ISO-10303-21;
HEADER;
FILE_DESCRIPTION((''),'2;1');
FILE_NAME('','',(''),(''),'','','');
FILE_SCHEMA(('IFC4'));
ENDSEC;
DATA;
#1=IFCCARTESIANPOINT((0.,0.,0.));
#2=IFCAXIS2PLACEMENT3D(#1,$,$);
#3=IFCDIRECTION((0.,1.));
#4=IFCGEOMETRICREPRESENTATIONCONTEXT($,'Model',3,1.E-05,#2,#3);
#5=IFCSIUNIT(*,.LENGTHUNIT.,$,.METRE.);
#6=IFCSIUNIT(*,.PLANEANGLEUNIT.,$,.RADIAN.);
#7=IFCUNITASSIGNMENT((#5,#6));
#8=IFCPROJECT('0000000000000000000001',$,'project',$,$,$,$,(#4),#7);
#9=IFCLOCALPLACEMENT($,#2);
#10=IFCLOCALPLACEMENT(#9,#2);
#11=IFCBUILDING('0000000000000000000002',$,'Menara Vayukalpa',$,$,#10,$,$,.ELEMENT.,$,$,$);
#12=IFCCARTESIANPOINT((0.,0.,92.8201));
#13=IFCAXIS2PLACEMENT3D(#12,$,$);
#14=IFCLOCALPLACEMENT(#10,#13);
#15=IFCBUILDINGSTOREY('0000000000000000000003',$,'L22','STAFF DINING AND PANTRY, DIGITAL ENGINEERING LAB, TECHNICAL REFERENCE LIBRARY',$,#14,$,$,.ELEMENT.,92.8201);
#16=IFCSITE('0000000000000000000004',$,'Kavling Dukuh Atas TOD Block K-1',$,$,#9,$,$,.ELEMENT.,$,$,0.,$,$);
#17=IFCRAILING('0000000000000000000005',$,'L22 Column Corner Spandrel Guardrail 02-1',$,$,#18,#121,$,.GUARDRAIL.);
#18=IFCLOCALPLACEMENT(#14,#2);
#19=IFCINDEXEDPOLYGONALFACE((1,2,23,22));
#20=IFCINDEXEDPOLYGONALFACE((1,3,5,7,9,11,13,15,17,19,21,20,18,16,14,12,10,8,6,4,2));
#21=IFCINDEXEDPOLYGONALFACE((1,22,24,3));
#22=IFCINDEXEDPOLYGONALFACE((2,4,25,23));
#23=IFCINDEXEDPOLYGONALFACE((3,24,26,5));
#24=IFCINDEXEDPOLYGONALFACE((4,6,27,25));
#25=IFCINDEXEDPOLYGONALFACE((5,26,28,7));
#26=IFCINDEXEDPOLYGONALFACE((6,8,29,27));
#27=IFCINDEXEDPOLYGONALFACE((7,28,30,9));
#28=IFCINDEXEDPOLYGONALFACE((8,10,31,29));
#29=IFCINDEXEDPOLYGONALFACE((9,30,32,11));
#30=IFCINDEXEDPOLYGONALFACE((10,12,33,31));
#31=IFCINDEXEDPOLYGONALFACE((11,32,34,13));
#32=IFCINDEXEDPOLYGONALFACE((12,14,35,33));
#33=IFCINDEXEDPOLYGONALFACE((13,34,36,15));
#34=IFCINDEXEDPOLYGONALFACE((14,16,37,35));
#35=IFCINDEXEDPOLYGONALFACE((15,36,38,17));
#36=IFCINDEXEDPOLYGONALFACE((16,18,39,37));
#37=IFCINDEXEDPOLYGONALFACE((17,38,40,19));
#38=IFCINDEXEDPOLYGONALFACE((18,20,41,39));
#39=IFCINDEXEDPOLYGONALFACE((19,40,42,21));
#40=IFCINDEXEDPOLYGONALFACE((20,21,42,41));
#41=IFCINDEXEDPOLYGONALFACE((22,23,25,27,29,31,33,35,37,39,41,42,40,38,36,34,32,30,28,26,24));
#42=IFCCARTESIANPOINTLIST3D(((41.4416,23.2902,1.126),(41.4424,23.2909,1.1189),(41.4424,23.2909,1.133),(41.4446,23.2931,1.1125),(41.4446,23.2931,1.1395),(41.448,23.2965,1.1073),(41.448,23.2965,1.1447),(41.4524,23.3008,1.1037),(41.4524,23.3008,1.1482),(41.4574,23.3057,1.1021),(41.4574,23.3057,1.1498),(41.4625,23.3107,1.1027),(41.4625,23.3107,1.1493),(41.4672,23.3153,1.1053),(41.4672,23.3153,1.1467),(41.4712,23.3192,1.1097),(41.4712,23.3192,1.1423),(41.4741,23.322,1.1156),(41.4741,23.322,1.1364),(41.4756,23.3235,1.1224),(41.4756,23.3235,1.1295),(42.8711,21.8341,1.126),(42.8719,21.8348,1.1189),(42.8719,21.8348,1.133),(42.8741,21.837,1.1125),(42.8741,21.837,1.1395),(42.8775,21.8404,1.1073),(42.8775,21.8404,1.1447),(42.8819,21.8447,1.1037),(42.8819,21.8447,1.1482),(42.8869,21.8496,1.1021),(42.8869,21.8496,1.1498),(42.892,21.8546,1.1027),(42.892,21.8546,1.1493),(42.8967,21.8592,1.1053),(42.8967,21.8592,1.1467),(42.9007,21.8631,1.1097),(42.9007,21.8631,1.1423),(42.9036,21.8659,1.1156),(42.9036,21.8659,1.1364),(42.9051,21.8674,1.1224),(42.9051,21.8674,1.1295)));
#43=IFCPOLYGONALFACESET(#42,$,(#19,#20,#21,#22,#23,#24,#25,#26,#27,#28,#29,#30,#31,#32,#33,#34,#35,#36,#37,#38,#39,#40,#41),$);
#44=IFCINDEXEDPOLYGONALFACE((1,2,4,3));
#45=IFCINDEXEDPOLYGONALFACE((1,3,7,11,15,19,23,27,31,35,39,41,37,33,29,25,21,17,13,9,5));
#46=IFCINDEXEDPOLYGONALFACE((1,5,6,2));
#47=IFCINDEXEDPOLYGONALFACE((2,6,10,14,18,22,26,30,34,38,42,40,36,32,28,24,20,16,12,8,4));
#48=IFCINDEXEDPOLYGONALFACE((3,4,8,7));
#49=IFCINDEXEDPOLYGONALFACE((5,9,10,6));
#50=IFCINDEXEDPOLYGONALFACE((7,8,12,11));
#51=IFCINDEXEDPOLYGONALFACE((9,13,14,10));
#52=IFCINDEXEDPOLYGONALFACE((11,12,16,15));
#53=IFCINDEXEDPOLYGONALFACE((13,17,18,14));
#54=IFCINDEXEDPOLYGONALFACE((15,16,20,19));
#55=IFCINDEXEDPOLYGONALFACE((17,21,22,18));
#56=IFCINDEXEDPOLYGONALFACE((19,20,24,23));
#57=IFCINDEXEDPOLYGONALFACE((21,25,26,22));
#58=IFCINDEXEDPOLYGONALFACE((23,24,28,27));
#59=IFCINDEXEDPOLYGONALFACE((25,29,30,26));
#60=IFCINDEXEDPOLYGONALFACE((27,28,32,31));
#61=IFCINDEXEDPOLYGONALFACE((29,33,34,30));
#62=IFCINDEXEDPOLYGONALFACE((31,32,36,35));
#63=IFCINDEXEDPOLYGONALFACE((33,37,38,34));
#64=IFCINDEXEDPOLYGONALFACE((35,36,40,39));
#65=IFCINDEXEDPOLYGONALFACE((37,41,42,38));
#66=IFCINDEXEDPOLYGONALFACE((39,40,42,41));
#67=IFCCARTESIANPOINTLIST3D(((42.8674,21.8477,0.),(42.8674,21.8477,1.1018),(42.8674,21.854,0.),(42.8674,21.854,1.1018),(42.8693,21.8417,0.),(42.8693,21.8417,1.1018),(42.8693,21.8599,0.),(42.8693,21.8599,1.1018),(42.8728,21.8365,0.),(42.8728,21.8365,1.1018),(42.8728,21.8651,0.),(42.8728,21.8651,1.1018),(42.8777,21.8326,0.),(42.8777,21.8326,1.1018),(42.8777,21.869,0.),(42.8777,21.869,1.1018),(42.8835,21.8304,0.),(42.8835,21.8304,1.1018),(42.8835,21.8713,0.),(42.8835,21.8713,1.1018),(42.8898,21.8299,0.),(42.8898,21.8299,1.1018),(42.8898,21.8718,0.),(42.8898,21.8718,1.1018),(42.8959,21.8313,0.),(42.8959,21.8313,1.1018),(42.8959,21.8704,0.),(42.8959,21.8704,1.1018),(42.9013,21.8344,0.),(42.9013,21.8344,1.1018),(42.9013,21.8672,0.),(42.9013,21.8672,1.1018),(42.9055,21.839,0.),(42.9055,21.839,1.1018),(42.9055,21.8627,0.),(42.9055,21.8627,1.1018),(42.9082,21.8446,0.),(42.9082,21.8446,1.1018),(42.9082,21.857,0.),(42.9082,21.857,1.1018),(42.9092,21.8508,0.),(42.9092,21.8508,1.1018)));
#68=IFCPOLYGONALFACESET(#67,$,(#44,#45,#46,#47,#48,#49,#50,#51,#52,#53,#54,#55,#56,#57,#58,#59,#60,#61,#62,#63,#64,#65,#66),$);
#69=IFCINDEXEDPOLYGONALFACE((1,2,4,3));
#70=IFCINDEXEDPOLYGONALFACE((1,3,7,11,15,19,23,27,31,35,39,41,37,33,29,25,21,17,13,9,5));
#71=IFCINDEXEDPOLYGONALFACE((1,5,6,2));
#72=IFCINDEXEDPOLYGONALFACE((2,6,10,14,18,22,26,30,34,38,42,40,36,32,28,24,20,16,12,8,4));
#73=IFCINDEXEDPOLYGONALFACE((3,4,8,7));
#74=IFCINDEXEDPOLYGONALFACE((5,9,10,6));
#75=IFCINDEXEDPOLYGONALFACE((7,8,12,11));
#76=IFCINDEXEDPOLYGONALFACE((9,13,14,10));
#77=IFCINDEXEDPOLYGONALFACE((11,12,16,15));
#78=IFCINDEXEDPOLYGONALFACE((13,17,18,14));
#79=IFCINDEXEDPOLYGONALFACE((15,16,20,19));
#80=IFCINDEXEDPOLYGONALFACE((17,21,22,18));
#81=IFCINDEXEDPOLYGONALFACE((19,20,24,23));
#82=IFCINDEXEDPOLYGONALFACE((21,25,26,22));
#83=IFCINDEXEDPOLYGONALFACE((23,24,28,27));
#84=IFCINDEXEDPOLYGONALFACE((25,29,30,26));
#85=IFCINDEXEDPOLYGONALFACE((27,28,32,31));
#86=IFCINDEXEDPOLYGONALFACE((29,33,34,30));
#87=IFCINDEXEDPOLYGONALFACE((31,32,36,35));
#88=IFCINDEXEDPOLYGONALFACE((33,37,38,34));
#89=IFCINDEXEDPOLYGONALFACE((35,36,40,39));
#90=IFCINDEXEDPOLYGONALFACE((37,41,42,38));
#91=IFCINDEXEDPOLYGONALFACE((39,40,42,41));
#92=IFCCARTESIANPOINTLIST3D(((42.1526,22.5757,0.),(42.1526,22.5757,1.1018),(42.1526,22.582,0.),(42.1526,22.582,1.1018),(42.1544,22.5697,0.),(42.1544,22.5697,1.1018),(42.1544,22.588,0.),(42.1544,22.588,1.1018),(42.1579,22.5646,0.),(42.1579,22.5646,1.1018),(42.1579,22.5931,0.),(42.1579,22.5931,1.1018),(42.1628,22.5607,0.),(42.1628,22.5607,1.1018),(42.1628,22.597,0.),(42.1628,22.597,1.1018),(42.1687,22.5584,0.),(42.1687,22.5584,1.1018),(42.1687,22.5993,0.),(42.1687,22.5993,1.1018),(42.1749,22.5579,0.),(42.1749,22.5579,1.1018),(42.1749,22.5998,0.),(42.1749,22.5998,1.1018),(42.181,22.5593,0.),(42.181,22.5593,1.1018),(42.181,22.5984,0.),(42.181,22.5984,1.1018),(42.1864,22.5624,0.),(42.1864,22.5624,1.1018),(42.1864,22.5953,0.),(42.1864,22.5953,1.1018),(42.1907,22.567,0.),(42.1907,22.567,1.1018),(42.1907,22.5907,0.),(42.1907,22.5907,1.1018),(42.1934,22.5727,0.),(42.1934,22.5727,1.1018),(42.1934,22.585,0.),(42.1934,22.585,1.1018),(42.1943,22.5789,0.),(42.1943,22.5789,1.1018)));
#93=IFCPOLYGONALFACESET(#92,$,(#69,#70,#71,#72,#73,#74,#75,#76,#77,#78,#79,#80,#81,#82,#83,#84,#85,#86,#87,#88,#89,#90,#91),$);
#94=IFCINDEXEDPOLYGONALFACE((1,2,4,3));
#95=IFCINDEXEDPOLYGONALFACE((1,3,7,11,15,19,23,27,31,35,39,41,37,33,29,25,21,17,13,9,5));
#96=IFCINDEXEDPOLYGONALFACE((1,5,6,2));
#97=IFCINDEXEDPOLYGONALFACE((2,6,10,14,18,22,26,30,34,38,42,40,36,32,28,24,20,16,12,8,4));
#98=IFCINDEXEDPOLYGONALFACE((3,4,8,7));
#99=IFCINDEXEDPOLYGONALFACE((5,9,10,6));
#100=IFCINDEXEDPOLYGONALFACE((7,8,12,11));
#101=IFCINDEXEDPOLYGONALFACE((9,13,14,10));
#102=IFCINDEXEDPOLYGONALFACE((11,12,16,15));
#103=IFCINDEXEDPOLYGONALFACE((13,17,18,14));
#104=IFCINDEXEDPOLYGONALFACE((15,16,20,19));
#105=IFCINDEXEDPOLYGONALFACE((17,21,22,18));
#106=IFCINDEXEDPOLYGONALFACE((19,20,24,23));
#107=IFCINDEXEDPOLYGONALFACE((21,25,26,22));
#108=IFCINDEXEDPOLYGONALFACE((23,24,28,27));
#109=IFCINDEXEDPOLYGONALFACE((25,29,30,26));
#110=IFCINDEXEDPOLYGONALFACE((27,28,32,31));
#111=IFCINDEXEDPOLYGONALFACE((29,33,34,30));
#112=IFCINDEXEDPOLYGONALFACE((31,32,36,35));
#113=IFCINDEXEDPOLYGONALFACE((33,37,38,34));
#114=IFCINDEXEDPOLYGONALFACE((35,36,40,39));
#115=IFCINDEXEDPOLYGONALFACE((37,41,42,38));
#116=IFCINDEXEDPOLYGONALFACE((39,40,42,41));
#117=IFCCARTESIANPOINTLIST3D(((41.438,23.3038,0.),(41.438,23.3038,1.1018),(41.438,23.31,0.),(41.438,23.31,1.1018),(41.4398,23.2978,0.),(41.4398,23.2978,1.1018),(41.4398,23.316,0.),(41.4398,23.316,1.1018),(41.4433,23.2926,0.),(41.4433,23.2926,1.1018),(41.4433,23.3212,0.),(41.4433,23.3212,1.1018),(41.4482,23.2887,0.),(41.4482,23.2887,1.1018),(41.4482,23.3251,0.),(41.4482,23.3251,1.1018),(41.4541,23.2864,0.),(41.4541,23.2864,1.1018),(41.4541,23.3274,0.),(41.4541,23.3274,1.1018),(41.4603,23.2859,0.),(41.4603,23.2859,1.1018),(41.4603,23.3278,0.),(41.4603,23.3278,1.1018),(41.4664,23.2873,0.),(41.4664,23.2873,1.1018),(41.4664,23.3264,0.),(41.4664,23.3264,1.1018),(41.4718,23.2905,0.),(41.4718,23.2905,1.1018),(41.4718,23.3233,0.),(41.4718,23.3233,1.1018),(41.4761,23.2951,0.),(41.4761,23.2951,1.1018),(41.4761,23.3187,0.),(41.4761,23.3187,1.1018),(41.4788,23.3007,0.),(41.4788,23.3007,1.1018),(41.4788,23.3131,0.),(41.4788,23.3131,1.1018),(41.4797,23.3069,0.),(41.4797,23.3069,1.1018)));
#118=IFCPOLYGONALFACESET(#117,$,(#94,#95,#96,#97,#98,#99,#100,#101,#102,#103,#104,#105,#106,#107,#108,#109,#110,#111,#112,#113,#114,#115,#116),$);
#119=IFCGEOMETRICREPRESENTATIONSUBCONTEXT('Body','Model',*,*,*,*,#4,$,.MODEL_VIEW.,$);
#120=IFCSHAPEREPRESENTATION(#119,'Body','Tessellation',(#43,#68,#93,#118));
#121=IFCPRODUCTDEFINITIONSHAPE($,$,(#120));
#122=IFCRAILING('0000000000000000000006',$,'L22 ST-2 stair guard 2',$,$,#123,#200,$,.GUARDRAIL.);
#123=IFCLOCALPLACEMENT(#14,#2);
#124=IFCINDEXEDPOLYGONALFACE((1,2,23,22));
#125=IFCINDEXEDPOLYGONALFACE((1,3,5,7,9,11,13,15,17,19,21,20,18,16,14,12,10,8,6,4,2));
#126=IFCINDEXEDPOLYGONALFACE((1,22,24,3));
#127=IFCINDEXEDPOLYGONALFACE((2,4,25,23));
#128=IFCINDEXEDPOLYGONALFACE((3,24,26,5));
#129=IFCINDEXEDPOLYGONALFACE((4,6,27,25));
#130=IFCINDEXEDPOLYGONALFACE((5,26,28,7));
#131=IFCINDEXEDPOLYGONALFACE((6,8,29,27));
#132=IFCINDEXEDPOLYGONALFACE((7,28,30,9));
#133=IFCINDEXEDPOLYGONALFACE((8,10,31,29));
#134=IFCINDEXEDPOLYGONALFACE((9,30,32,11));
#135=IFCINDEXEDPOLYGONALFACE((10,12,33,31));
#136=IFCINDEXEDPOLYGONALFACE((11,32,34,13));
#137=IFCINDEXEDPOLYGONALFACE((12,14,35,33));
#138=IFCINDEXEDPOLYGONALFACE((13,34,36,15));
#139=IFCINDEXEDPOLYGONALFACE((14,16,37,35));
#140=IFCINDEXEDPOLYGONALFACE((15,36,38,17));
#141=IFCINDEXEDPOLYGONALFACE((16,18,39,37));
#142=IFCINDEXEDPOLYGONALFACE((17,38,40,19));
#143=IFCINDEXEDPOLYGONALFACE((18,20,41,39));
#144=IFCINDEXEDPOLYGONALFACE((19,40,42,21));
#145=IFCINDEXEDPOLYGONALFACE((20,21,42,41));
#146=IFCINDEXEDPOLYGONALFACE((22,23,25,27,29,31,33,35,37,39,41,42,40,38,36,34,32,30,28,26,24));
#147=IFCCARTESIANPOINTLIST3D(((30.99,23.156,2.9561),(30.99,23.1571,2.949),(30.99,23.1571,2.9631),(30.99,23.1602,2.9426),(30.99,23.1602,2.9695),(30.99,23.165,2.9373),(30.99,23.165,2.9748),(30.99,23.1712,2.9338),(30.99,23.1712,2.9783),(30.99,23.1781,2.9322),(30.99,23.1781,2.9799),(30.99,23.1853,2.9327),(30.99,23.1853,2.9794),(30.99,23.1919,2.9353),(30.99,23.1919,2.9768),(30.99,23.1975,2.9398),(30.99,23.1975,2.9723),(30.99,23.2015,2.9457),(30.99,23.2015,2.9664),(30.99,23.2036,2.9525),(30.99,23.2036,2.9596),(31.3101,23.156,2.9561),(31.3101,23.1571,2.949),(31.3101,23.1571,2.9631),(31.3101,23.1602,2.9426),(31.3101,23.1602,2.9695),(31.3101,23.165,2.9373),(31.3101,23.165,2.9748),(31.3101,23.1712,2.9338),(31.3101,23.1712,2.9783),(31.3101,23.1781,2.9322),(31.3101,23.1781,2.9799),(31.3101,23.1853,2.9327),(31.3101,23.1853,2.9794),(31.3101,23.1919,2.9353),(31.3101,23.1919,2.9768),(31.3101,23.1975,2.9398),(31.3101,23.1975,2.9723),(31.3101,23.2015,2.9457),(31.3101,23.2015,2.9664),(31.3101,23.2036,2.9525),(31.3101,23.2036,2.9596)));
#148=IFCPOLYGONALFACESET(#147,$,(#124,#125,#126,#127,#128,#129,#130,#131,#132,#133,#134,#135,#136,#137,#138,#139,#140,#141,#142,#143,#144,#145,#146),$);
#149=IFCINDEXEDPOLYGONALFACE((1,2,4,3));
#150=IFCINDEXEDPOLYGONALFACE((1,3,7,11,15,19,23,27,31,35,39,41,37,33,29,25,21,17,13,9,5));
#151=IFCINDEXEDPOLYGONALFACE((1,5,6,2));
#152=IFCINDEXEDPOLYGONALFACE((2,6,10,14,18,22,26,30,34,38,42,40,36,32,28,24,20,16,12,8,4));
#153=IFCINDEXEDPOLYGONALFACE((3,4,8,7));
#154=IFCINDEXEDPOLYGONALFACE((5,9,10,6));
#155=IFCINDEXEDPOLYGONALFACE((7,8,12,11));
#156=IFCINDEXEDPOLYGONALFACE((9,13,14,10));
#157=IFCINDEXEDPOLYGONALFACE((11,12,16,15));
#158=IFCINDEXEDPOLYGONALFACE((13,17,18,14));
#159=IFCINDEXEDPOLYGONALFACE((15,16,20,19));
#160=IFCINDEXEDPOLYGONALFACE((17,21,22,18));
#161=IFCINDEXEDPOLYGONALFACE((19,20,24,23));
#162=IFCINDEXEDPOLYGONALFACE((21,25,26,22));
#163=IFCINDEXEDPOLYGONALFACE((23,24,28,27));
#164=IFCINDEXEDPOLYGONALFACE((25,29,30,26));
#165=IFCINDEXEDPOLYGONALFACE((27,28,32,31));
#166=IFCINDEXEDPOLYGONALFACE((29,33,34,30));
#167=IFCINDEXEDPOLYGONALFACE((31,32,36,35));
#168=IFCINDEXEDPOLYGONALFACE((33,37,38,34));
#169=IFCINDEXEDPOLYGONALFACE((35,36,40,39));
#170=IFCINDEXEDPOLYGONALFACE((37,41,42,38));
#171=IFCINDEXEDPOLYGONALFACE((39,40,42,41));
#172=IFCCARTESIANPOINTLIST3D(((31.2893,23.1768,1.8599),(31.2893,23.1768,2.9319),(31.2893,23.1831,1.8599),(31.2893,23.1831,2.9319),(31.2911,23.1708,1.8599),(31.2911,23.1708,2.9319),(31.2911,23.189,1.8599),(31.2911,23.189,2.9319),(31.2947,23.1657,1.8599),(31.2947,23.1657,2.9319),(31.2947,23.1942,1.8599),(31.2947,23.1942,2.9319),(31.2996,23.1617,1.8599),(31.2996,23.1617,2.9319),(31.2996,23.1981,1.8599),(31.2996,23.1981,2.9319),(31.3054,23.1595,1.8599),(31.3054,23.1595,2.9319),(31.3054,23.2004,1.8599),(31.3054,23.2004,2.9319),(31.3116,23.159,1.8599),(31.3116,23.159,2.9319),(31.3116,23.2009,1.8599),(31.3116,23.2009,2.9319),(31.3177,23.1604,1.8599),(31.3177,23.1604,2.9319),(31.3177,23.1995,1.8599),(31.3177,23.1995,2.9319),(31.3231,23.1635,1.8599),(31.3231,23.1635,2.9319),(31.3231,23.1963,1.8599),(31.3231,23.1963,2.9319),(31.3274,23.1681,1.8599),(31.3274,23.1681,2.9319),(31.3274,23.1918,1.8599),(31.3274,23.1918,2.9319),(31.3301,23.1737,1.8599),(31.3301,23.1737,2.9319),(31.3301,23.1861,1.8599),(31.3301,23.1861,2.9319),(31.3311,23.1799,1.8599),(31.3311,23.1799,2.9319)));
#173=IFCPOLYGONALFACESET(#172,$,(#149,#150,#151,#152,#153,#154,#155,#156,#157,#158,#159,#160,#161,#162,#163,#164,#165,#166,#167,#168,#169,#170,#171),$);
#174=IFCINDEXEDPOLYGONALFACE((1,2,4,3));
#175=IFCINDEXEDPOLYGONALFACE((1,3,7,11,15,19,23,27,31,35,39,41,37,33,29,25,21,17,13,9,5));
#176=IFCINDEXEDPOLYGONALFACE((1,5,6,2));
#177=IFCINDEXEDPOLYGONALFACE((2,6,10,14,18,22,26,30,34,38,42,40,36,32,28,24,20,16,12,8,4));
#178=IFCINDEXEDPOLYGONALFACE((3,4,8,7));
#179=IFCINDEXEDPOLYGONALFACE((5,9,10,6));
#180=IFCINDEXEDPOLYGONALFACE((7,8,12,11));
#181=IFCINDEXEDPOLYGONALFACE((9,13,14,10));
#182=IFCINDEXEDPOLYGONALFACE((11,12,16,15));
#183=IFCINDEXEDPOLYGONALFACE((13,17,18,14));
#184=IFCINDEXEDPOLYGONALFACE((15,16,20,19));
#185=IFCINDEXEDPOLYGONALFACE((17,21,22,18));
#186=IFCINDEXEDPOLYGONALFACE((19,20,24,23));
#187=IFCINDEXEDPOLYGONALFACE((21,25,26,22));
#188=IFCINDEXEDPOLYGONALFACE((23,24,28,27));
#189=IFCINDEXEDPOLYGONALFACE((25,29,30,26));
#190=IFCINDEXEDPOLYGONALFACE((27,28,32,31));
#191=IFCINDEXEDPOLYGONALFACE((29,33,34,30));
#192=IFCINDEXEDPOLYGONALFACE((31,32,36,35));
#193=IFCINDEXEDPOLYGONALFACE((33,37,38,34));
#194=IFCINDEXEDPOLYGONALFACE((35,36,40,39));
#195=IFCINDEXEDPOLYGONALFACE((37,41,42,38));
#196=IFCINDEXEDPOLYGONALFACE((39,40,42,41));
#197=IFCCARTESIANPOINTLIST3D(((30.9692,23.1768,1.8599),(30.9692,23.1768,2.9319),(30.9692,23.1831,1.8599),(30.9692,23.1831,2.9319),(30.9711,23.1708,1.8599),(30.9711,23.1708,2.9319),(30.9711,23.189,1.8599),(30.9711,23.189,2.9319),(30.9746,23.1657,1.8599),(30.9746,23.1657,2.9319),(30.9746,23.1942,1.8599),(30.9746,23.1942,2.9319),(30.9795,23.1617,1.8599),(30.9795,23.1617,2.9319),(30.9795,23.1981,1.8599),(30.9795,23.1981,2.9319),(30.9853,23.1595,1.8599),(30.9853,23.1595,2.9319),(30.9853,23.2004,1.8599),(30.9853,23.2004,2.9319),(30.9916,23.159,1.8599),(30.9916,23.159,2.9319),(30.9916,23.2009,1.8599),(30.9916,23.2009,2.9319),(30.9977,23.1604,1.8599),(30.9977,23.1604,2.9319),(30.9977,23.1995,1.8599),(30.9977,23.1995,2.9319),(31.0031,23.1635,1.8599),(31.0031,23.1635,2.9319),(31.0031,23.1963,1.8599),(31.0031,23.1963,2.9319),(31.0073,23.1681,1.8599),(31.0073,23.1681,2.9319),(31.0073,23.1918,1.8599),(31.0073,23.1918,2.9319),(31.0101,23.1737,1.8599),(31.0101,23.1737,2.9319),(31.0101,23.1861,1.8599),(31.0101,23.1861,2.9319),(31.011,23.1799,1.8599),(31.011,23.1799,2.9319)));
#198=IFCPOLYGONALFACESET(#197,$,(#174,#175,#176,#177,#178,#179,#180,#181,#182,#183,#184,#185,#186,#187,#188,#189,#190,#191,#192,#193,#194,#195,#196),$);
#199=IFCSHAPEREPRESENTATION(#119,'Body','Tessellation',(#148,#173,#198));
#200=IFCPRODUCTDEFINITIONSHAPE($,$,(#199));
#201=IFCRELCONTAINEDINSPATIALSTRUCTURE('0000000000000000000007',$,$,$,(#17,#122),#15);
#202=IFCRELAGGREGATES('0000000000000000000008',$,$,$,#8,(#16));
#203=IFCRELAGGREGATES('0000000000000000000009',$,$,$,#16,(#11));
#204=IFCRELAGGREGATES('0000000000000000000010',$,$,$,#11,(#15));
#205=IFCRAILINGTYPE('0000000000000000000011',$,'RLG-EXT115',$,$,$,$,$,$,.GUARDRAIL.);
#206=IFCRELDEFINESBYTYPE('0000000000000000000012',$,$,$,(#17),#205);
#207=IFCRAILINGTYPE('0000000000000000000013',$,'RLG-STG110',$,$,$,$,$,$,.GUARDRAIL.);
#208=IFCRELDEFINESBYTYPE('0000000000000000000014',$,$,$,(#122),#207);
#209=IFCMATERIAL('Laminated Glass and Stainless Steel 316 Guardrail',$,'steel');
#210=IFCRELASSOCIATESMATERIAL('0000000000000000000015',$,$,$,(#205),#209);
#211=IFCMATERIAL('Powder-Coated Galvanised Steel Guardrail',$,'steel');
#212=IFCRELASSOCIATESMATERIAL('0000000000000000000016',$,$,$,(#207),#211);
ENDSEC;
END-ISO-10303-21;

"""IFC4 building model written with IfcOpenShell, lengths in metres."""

from ifc_helpers import new_model, si_unit, direction, frame, origin, origin_2d, place, context, subcontext, project, spatial, circle, extrude, material, type_object, element, save


model = new_model("IFC4")

# Units and contexts
model_context = context("Model", 3, precision=1e-05, world=origin(), true_north=direction((0.0, 1.0)))
body_context = subcontext(model_context, "Body", "Model", "MODEL_VIEW")
ifc_project = project(units=[si_unit("LENGTHUNIT", "METRE"), si_unit("PLANEANGLEUNIT", "RADIAN")], contexts=[model_context])

# Site, building, storey
site_placement = place(None, origin())
site = spatial("IfcSite", under=ifc_project, at=site_placement, Name="Kavling Dukuh Atas TOD Block K-1", CompositionType="ELEMENT", RefElevation=0.0)
building_placement = place(site_placement, origin())
building = spatial("IfcBuilding", under=site, at=building_placement, Name="Menara Vayukalpa", CompositionType="ELEMENT")
storey_placement = place(building_placement, frame((0.0, 0.0, 92.8201)))
storey = spatial("IfcBuildingStorey", under=building, at=storey_placement, Name="L22", Description="STAFF DINING AND PANTRY, DIGITAL ENGINEERING LAB, TECHNICAL REFERENCE LIBRARY", CompositionType="ELEMENT", Elevation=92.8201)

# Railings
ifc_material_1 = material(Name="Laminated Glass and Stainless Steel 316 Guardrail", Category="steel")
railing_type_1 = type_object("IfcRailingType", Name="RLG-EXT115", PredefinedType="GUARDRAIL", material=ifc_material_1)
railing_1_placement = place(storey_placement, frame((42.8882, 21.8508, 0.0)))
element("IfcRailing", 1, at=railing_1_placement, inside=storey, type_object=railing_type_1, Name="L22 Column Corner Spandrel Guardrail 02-1", PredefinedType="GUARDRAIL", context=body_context, shape_type="SweptSolid", body=[
    extrude(circle(Radius=0.0239, at=origin_2d()), frame((0.0, 0.0, 1.126), z_axis=(-0.700556, 0.713598, 0.0), x_axis=(-0.713598, -0.700556, 0.0)), (0.0, 0.0, 1.0), 2.0405),
    extrude(circle(Radius=0.021, at=origin_2d()), origin(), (0.0, 0.0, 1.0), 1.1018),
    extrude(circle(Radius=0.021, at=origin_2d()), frame((-0.7148, 0.728, 0.0)), (0.0, 0.0, 1.0), 1.1018),
    extrude(circle(Radius=0.021, at=origin_2d()), frame((-1.4294, 1.4561, 0.0)), (0.0, 0.0, 1.0), 1.1018),
])
ifc_material_2 = material(Name="Powder-Coated Galvanised Steel Guardrail", Category="steel")
railing_type_2 = type_object("IfcRailingType", Name="RLG-STG110", PredefinedType="GUARDRAIL", material=ifc_material_2)
railing_2_placement = place(storey_placement, frame((31.3101, 23.1799, 1.8599)))
element("IfcRailing", 2, at=railing_2_placement, inside=storey, type_object=railing_type_2, Name="L22 ST-2 stair guard 2", PredefinedType="GUARDRAIL", context=body_context, shape_type="SweptSolid", body=[
    extrude(circle(Radius=0.0239, at=origin_2d()), frame((0.0, 0.0, 1.0962), z_axis=(-1.0, 0.0, 0.0), x_axis=(0.0, -1.0, 0.0)), (0.0, 0.0, 1.0), 0.3201),
    extrude(circle(Radius=0.021, at=origin_2d()), origin(), (0.0, 0.0, 1.0), 1.072),
    extrude(circle(Radius=0.021, at=origin_2d()), frame((-0.3201, 0.0, 0.0)), (0.0, 0.0, 1.0), 1.072),
])

save(model, "model.ifc")
